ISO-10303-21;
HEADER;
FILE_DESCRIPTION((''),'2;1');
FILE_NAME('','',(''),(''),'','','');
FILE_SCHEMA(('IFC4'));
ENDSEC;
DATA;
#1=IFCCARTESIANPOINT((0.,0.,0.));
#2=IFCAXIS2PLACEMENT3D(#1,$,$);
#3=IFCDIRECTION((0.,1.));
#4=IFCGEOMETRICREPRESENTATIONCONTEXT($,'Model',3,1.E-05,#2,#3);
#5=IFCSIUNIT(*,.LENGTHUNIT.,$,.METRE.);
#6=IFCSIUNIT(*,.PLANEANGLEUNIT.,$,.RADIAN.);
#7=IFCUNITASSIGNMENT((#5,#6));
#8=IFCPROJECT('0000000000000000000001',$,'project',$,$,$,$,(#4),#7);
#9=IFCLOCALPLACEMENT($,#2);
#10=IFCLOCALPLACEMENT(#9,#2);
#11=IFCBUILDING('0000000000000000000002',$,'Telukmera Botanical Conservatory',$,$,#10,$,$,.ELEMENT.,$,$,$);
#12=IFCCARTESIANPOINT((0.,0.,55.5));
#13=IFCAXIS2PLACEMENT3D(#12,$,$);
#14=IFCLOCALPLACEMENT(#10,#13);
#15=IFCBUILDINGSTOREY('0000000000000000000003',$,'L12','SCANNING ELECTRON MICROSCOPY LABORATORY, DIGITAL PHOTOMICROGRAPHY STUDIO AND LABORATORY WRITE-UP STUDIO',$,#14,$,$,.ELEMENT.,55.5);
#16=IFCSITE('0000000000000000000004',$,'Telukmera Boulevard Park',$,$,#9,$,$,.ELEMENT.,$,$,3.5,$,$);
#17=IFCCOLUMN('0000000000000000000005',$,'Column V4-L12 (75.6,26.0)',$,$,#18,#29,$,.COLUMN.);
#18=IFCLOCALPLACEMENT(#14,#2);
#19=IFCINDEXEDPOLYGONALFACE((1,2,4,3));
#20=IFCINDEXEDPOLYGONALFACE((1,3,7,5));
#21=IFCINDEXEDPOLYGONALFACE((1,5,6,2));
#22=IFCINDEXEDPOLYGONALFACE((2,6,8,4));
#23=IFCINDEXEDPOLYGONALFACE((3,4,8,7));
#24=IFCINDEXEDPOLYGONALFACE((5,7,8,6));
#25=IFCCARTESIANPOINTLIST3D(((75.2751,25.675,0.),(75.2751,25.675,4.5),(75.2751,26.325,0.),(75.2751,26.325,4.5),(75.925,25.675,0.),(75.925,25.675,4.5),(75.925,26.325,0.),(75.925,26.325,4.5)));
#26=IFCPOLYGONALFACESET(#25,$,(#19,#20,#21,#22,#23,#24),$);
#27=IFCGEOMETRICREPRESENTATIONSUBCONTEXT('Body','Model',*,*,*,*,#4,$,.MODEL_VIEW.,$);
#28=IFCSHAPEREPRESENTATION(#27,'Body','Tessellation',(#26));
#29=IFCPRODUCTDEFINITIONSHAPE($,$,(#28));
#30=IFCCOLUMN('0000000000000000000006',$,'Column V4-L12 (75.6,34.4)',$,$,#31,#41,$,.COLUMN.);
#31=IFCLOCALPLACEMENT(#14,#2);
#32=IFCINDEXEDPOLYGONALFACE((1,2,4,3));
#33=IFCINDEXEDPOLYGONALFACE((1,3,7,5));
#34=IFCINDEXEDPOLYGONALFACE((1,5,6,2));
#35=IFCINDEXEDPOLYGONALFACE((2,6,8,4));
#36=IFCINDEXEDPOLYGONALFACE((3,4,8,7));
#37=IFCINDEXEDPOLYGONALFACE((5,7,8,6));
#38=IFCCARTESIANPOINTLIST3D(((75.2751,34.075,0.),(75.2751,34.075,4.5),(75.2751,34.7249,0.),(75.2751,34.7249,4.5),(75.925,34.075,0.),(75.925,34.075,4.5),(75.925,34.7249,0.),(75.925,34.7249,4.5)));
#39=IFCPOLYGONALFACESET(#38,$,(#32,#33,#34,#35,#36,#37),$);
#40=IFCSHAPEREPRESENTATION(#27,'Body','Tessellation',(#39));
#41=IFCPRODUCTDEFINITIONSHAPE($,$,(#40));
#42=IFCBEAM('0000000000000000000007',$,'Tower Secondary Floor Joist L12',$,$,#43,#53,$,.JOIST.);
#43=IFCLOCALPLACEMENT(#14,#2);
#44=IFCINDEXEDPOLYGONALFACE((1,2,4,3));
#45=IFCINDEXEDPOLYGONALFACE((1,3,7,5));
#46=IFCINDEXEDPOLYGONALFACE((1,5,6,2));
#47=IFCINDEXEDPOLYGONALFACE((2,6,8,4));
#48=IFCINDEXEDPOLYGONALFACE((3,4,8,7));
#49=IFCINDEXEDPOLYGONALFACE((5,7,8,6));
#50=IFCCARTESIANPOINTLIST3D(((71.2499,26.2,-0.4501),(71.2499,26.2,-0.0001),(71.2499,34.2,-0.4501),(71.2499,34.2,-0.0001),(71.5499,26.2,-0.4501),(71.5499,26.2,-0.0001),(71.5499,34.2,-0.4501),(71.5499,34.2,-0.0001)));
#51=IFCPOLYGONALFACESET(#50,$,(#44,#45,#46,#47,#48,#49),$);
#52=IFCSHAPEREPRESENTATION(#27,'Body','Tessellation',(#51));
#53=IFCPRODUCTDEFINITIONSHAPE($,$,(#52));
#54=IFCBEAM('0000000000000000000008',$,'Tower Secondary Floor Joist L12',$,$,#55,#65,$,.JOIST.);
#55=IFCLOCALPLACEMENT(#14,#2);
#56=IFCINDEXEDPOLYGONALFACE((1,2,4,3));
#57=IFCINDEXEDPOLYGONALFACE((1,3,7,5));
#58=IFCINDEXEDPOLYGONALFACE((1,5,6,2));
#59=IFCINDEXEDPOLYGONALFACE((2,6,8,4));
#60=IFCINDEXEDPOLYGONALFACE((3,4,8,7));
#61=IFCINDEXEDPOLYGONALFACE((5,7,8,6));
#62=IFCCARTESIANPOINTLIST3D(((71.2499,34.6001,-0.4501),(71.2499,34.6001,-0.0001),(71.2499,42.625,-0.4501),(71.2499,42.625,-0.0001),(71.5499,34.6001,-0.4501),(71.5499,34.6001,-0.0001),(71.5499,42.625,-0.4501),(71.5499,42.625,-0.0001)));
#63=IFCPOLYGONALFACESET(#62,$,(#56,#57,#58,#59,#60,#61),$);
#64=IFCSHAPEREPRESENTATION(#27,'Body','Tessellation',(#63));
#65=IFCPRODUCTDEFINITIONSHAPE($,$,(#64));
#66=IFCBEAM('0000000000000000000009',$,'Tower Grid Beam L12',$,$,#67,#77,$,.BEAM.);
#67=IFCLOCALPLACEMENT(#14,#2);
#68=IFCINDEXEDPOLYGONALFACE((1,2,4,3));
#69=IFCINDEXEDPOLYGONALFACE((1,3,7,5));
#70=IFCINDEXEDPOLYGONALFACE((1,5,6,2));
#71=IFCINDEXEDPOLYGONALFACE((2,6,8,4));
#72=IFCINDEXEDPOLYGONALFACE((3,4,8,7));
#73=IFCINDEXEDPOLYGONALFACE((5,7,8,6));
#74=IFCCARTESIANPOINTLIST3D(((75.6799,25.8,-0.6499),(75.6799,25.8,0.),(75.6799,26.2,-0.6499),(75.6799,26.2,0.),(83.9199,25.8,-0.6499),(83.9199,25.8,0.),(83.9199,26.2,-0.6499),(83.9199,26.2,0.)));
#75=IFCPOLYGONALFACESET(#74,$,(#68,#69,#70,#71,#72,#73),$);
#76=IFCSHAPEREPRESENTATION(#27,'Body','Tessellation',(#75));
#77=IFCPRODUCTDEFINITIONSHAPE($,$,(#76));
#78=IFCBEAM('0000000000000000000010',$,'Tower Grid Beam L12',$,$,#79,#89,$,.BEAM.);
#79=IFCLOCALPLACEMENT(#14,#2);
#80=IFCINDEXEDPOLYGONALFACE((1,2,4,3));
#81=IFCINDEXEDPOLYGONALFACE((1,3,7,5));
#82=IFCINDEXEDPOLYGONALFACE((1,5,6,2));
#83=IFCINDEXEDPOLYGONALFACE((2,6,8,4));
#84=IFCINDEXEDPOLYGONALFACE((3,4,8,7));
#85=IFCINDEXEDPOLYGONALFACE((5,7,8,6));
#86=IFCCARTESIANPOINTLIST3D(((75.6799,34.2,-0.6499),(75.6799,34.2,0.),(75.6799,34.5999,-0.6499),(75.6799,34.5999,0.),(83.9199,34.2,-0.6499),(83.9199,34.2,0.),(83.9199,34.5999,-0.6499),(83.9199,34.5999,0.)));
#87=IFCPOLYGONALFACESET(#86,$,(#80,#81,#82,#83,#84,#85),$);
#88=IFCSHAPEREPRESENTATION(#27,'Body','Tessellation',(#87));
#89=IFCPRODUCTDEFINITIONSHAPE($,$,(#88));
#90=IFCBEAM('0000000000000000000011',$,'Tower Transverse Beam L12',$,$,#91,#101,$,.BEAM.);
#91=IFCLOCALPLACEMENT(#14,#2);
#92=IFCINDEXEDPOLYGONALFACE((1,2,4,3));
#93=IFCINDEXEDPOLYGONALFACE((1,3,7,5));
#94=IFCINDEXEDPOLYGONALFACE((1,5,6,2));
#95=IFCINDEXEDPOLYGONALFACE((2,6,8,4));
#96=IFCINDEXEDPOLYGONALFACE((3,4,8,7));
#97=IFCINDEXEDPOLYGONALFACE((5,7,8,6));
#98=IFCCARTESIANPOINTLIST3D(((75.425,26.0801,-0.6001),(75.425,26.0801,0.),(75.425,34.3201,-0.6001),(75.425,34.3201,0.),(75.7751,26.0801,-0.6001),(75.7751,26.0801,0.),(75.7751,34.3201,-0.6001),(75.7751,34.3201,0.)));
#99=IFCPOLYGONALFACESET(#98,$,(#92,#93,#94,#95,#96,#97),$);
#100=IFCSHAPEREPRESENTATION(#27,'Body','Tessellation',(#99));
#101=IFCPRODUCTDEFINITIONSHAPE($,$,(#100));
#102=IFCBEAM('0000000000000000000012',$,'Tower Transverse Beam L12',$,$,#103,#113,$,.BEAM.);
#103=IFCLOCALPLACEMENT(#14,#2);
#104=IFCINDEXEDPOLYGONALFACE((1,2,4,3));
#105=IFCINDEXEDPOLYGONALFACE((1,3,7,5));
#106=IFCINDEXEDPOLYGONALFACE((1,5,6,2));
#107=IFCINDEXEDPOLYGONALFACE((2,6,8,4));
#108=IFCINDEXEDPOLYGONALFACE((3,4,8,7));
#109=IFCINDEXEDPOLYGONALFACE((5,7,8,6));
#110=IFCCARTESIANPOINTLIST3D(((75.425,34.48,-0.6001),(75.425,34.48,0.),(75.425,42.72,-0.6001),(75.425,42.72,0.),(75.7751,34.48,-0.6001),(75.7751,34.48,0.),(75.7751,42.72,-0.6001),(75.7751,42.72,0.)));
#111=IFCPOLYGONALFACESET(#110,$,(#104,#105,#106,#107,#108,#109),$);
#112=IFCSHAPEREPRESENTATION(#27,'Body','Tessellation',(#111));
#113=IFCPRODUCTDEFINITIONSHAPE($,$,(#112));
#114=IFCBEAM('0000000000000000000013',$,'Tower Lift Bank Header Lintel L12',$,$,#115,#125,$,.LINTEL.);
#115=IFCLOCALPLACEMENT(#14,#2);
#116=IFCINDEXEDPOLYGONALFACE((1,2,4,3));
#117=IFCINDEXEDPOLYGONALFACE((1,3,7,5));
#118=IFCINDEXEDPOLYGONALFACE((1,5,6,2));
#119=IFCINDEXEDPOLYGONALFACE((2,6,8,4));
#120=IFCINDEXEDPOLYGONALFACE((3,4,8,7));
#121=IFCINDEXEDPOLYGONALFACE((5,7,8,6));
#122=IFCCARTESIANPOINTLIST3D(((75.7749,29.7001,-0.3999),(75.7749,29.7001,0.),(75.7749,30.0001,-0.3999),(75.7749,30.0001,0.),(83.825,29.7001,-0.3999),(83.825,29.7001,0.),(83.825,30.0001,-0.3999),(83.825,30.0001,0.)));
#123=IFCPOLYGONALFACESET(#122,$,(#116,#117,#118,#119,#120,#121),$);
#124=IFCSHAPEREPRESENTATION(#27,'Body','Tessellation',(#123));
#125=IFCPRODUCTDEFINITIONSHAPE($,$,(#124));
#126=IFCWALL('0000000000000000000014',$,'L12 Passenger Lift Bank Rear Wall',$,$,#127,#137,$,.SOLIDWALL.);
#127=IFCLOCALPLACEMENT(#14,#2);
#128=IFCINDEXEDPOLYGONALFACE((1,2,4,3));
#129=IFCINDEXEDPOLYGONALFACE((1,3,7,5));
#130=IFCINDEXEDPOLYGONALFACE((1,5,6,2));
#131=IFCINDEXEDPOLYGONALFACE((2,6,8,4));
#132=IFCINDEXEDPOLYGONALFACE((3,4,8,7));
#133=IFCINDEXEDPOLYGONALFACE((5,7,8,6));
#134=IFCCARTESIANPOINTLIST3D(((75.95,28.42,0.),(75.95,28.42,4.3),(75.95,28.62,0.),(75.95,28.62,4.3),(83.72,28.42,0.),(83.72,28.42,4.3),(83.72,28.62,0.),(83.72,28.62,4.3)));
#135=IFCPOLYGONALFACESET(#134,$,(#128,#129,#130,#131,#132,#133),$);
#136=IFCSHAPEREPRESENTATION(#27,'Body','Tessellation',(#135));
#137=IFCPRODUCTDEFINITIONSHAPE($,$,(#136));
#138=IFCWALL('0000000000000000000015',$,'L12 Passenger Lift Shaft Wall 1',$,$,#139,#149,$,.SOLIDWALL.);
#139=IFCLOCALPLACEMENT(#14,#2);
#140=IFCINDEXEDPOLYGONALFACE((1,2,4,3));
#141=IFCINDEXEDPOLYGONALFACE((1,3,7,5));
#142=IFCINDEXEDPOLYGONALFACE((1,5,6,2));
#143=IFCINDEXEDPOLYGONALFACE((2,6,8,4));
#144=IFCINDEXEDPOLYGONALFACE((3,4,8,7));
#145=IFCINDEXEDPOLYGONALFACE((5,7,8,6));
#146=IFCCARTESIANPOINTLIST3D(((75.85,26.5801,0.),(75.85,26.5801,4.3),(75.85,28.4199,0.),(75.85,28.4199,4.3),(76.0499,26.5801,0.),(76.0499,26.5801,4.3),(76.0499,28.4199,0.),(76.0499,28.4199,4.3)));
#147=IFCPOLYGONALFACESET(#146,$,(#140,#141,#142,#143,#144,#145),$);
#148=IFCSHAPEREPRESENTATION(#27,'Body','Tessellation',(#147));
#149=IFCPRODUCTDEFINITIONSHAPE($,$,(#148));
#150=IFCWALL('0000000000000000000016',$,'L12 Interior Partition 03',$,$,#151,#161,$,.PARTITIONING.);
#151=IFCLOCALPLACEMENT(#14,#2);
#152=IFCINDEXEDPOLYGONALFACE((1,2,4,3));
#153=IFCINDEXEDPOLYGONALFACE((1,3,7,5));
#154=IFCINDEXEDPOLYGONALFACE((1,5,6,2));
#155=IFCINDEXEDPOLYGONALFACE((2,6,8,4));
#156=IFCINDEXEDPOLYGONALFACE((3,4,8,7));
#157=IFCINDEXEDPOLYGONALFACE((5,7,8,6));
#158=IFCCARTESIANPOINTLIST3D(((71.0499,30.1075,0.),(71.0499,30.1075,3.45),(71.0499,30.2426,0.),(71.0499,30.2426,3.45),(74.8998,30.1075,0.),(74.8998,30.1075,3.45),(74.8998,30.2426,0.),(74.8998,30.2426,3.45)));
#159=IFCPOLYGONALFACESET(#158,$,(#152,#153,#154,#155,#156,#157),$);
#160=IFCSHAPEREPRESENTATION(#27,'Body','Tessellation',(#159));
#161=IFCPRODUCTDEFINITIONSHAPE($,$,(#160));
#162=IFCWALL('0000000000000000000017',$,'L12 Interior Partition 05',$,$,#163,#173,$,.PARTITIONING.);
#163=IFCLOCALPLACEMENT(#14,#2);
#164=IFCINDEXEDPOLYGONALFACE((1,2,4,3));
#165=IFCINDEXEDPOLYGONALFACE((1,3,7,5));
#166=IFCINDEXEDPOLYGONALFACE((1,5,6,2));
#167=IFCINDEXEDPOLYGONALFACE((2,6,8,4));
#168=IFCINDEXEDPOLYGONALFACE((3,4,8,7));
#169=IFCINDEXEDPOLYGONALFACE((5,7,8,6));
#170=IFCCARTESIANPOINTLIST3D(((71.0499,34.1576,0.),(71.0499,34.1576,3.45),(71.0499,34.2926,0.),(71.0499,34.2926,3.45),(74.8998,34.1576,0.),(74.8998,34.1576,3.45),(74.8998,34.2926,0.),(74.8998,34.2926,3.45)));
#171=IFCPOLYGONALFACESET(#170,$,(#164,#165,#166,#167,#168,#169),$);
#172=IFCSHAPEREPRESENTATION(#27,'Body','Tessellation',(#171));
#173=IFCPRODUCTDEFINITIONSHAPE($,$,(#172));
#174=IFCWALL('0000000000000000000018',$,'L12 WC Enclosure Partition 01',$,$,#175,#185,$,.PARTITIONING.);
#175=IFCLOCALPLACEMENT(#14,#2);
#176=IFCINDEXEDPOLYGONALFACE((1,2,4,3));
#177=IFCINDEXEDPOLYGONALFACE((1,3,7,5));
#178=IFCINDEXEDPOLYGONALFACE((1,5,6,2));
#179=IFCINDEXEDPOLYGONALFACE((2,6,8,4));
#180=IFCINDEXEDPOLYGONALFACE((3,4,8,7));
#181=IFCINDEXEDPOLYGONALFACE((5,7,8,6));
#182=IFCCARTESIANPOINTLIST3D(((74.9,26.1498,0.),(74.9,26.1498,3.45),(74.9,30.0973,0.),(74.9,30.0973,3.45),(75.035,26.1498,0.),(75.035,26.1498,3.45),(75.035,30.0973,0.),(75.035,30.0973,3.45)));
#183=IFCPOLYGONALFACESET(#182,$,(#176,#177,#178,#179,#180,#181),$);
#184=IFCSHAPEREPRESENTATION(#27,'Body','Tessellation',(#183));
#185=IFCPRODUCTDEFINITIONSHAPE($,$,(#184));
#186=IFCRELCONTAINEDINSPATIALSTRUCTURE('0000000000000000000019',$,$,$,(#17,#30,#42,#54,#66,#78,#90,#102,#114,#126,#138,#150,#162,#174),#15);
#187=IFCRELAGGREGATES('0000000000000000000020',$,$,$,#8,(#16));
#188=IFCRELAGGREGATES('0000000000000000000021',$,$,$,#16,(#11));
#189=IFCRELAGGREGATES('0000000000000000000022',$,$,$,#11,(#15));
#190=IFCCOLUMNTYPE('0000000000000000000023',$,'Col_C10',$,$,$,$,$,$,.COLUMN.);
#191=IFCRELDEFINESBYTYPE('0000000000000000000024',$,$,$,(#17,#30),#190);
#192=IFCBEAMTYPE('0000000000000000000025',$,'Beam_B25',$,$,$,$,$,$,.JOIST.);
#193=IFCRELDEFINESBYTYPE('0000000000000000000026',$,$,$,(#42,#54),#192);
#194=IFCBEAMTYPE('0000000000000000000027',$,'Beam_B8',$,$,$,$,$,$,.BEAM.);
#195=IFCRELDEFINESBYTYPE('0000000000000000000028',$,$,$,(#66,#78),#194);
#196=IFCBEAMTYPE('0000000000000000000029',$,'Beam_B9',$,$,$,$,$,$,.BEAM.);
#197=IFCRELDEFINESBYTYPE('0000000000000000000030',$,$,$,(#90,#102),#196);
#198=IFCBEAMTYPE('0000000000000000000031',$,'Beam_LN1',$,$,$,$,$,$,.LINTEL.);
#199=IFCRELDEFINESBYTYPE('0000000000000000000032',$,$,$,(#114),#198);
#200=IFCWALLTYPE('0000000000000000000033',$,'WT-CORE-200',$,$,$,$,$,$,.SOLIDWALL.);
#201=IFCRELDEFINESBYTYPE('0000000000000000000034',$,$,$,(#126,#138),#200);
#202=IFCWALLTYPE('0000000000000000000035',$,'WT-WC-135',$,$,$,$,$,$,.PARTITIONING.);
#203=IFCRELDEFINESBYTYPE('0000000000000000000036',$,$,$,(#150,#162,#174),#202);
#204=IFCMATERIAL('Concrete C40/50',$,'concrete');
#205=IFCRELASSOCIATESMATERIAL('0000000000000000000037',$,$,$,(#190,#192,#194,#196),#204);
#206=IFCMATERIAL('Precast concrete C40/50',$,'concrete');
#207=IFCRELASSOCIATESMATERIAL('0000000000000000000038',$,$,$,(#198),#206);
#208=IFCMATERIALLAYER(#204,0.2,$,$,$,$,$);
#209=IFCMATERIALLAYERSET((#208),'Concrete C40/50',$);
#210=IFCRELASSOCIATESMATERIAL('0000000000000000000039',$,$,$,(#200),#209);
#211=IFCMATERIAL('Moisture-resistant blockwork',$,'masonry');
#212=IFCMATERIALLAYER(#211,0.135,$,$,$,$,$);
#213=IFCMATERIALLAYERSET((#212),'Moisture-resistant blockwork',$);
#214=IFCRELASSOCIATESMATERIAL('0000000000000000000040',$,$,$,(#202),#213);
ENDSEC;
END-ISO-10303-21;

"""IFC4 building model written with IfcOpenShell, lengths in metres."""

from ifc_helpers import new_model, si_unit, direction, frame, frame_2d, origin, origin_2d, place, context, subcontext, project, spatial, rectangle, extrude, material, layer, layer_set, material_profile, profile_set, type_object, element, save


model = new_model("IFC4")

# Units and contexts
model_context = context("Model", 3, precision=1e-05, world=origin(), true_north=direction((0.0, 1.0)))
body_context = subcontext(model_context, "Body", "Model", "MODEL_VIEW")
ifc_project = project(units=[si_unit("LENGTHUNIT", "METRE"), si_unit("PLANEANGLEUNIT", "RADIAN")], contexts=[model_context])

# Site, building, storey
site_placement = place(None, origin())
site = spatial("IfcSite", under=ifc_project, at=site_placement, Name="Telukmera Boulevard Park", CompositionType="ELEMENT", RefElevation=3.5)
building_placement = place(site_placement, origin())
building = spatial("IfcBuilding", under=site, at=building_placement, Name="Telukmera Botanical Conservatory", CompositionType="ELEMENT")
storey_placement = place(building_placement, frame((0.0, 0.0, 55.5)))
storey = spatial("IfcBuildingStorey", under=building, at=storey_placement, Name="L12", Description="SCANNING ELECTRON MICROSCOPY LABORATORY, DIGITAL PHOTOMICROGRAPHY STUDIO AND LABORATORY WRITE-UP STUDIO", CompositionType="ELEMENT", Elevation=55.5)

# Columns
ifc_material_1 = material(Name="Concrete C40/50", Category="concrete")
ifc_material_profile_1 = material_profile(ifc_material_1, rectangle(XDim=0.6499, YDim=0.6499, at=origin_2d()), Name="RC 650x650")
ifc_profile_set_1 = profile_set([ifc_material_profile_1], Name="Concrete C40/50")
column_type = type_object("IfcColumnType", Name="Col_C10", PredefinedType="COLUMN", material=ifc_profile_set_1)
for number, where, z_axis, x_axis, name in (
    (1, (75.6001, 26.0, 0.0), (0.0, 0.0, 1.0), (1.0, 0.0, 0.0), "Column V4-L12 (75.6,26.0)"),
    (2, (75.6001, 34.3999, 0.0), (0.0, 0.0, 1.0), (1.0, 0.0, 0.0), "Column V4-L12 (75.6,34.4)"),
):
    element("IfcColumn", number, at=place(storey_placement, frame(where, z_axis=z_axis, x_axis=x_axis)), inside=storey, type_object=column_type, Name=name, PredefinedType="COLUMN", context=body_context, shape_type="SweptSolid", body=[
        extrude(rectangle(XDim=0.6499, YDim=0.6499, at=origin_2d()), origin(), (0.0, 0.0, 1.0), 4.5),
    ])

# Beams
ifc_material_profile_2 = material_profile(ifc_material_1, rectangle(XDim=0.3, YDim=0.45, at=origin_2d()), Name="RC 300x450")
ifc_profile_set_2 = profile_set([ifc_material_profile_2], Name="Concrete C40/50")
beam_type_1 = type_object("IfcBeamType", Name="Beam_B25", PredefinedType="JOIST", material=ifc_profile_set_2)
beam_1_placement = place(storey_placement, frame((71.3999, 26.2, -0.2251), z_axis=(0.0, 1.0, 0.0), x_axis=(-1.0, 0.0, 0.0)))
element("IfcBeam", 3, at=beam_1_placement, inside=storey, type_object=beam_type_1, Name="Tower Secondary Floor Joist L12", PredefinedType="JOIST", context=body_context, shape_type="SweptSolid", body=[
    extrude(rectangle(XDim=0.3, YDim=0.45, at=origin_2d()), origin(), (0.0, 0.0, 1.0), 8.0),
])
beam_2_placement = place(storey_placement, frame((71.3999, 34.6001, -0.2251), z_axis=(0.0, 1.0, 0.0), x_axis=(-1.0, 0.0, 0.0)))
element("IfcBeam", 4, at=beam_2_placement, inside=storey, type_object=beam_type_1, Name="Tower Secondary Floor Joist L12", PredefinedType="JOIST", context=body_context, shape_type="SweptSolid", body=[
    extrude(rectangle(XDim=0.3, YDim=0.45, at=origin_2d()), origin(), (0.0, 0.0, 1.0), 8.0249),
])
ifc_material_profile_3 = material_profile(ifc_material_1, rectangle(XDim=0.3999, YDim=0.6499, at=origin_2d()), Name="RC 400x650")
ifc_profile_set_3 = profile_set([ifc_material_profile_3], Name="Concrete C40/50")
beam_type_2 = type_object("IfcBeamType", Name="Beam_B8", PredefinedType="BEAM", material=ifc_profile_set_3)
for number, where, z_axis, x_axis, name in (
    (5, (75.6799, 26.0, -0.325), (1.0, 0.0, 0.0), (0.0, 1.0, 0.0), "Tower Grid Beam L12"),
    (6, (75.6799, 34.3999, -0.325), (1.0, 0.0, 0.0), (0.0, 1.0, 0.0), "Tower Grid Beam L12"),
):
    element("IfcBeam", number, at=place(storey_placement, frame(where, z_axis=z_axis, x_axis=x_axis)), inside=storey, type_object=beam_type_2, Name=name, PredefinedType="BEAM", context=body_context, shape_type="SweptSolid", body=[
        extrude(rectangle(XDim=0.3999, YDim=0.6499, at=origin_2d()), origin(), (0.0, 0.0, 1.0), 8.24),
    ])
ifc_material_profile_4 = material_profile(ifc_material_1, rectangle(XDim=0.3501, YDim=0.6001, at=origin_2d()), Name="RC 350x600")
ifc_profile_set_4 = profile_set([ifc_material_profile_4], Name="Concrete C40/50")
beam_type_3 = type_object("IfcBeamType", Name="Beam_B9", PredefinedType="BEAM", material=ifc_profile_set_4)
for number, where, z_axis, x_axis, name in (
    (7, (75.6001, 26.0801, -0.3), (0.0, 1.0, 0.0), (-1.0, 0.0, 0.0), "Tower Transverse Beam L12"),
    (8, (75.6001, 34.48, -0.3), (0.0, 1.0, 0.0), (-1.0, 0.0, 0.0), "Tower Transverse Beam L12"),
):
    element("IfcBeam", number, at=place(storey_placement, frame(where, z_axis=z_axis, x_axis=x_axis)), inside=storey, type_object=beam_type_3, Name=name, PredefinedType="BEAM", context=body_context, shape_type="SweptSolid", body=[
        extrude(rectangle(XDim=0.3501, YDim=0.6001, at=origin_2d()), origin(), (0.0, 0.0, 1.0), 8.24),
    ])
ifc_material_2 = material(Name="Precast concrete C40/50", Category="concrete")
ifc_material_profile_5 = material_profile(ifc_material_2, rectangle(XDim=0.3, YDim=0.3999, at=origin_2d()), Name="PC 300x400")
ifc_profile_set_5 = profile_set([ifc_material_profile_5], Name="Precast concrete C40/50")
beam_type_4 = type_object("IfcBeamType", Name="Beam_LN1", PredefinedType="LINTEL", material=ifc_profile_set_5)
beam_3_placement = place(storey_placement, frame((75.7749, 29.8501, -0.2), z_axis=(1.0, 0.0, 0.0), x_axis=(0.0, 1.0, 0.0)))
element("IfcBeam", 9, at=beam_3_placement, inside=storey, type_object=beam_type_4, Name="Tower Lift Bank Header Lintel L12", PredefinedType="LINTEL", context=body_context, shape_type="SweptSolid", body=[
    extrude(rectangle(XDim=0.3, YDim=0.3999, at=origin_2d()), origin(), (0.0, 0.0, 1.0), 8.05),
])

# Shared definitions
ifc_layer_1 = layer(ifc_material_1, 0.2)
ifc_layer_set_1 = layer_set([ifc_layer_1], Name="Concrete C40/50")
wall_type_1 = type_object("IfcWallType", Name="WT-CORE-200", PredefinedType="SOLIDWALL", material=ifc_layer_set_1)

# Walls
wall_1_placement = place(storey_placement, frame((75.95, 28.52, 0.0), z_axis=(0.0, 0.0, 1.0), x_axis=(1.0, 0.0, 0.0)))
element("IfcWall", 10, at=wall_1_placement, inside=storey, type_object=wall_type_1, Name="L12 Passenger Lift Bank Rear Wall", PredefinedType="SOLIDWALL", context=body_context, shape_type="SweptSolid", body=[
    extrude(rectangle(XDim=7.77, YDim=0.2, at=frame_2d((3.885, 0.0))), origin(), (0.0, 0.0, 1.0), 4.3),
])
wall_2_placement = place(storey_placement, frame((75.95, 26.5801, 0.0), z_axis=(0.0, 0.0, 1.0), x_axis=(0.0, 1.0, 0.0)))
element("IfcWall", 11, at=wall_2_placement, inside=storey, type_object=wall_type_1, Name="L12 Passenger Lift Shaft Wall 1", PredefinedType="SOLIDWALL", context=body_context, shape_type="SweptSolid", body=[
    extrude(rectangle(XDim=1.8398, YDim=0.2, at=frame_2d((0.9199, 0.0))), origin(), (0.0, 0.0, 1.0), 4.3),
])
ifc_material_3 = material(Name="Moisture-resistant blockwork", Category="masonry")
ifc_layer_2 = layer(ifc_material_3, 0.135)
ifc_layer_set_2 = layer_set([ifc_layer_2], Name="Moisture-resistant blockwork")
wall_type_2 = type_object("IfcWallType", Name="WT-WC-135", PredefinedType="PARTITIONING", material=ifc_layer_set_2)
for number, where, z_axis, x_axis, name in (
    (12, (71.05, 30.175, 0.0), (0.0, 0.0, 1.0), (1.0, 0.0, 0.0), "L12 Interior Partition 03"),
    (13, (71.05, 34.2251, 0.0), (0.0, 0.0, 1.0), (1.0, 0.0, 0.0), "L12 Interior Partition 05"),
):
    element("IfcWall", number, at=place(storey_placement, frame(where, z_axis=z_axis, x_axis=x_axis)), inside=storey, type_object=wall_type_2, Name=name, PredefinedType="PARTITIONING", context=body_context, shape_type="SweptSolid", body=[
        extrude(rectangle(XDim=3.8499, YDim=0.135, at=frame_2d((1.9248, 0.0))), origin(), (0.0, 0.0, 1.0), 3.45),
    ])
wall_3_placement = place(storey_placement, frame((74.9675, 26.1499, 0.0), z_axis=(0.0, 0.0, 1.0), x_axis=(0.0, 1.0, 0.0)))
element("IfcWall", 14, at=wall_3_placement, inside=storey, type_object=wall_type_2, Name="L12 WC Enclosure Partition 01", PredefinedType="PARTITIONING", context=body_context, shape_type="SweptSolid", body=[
    extrude(rectangle(XDim=3.9475, YDim=0.135, at=frame_2d((1.9736, 0.0))), origin(), (0.0, 0.0, 1.0), 3.45),
])

save(model, "model.ifc")
